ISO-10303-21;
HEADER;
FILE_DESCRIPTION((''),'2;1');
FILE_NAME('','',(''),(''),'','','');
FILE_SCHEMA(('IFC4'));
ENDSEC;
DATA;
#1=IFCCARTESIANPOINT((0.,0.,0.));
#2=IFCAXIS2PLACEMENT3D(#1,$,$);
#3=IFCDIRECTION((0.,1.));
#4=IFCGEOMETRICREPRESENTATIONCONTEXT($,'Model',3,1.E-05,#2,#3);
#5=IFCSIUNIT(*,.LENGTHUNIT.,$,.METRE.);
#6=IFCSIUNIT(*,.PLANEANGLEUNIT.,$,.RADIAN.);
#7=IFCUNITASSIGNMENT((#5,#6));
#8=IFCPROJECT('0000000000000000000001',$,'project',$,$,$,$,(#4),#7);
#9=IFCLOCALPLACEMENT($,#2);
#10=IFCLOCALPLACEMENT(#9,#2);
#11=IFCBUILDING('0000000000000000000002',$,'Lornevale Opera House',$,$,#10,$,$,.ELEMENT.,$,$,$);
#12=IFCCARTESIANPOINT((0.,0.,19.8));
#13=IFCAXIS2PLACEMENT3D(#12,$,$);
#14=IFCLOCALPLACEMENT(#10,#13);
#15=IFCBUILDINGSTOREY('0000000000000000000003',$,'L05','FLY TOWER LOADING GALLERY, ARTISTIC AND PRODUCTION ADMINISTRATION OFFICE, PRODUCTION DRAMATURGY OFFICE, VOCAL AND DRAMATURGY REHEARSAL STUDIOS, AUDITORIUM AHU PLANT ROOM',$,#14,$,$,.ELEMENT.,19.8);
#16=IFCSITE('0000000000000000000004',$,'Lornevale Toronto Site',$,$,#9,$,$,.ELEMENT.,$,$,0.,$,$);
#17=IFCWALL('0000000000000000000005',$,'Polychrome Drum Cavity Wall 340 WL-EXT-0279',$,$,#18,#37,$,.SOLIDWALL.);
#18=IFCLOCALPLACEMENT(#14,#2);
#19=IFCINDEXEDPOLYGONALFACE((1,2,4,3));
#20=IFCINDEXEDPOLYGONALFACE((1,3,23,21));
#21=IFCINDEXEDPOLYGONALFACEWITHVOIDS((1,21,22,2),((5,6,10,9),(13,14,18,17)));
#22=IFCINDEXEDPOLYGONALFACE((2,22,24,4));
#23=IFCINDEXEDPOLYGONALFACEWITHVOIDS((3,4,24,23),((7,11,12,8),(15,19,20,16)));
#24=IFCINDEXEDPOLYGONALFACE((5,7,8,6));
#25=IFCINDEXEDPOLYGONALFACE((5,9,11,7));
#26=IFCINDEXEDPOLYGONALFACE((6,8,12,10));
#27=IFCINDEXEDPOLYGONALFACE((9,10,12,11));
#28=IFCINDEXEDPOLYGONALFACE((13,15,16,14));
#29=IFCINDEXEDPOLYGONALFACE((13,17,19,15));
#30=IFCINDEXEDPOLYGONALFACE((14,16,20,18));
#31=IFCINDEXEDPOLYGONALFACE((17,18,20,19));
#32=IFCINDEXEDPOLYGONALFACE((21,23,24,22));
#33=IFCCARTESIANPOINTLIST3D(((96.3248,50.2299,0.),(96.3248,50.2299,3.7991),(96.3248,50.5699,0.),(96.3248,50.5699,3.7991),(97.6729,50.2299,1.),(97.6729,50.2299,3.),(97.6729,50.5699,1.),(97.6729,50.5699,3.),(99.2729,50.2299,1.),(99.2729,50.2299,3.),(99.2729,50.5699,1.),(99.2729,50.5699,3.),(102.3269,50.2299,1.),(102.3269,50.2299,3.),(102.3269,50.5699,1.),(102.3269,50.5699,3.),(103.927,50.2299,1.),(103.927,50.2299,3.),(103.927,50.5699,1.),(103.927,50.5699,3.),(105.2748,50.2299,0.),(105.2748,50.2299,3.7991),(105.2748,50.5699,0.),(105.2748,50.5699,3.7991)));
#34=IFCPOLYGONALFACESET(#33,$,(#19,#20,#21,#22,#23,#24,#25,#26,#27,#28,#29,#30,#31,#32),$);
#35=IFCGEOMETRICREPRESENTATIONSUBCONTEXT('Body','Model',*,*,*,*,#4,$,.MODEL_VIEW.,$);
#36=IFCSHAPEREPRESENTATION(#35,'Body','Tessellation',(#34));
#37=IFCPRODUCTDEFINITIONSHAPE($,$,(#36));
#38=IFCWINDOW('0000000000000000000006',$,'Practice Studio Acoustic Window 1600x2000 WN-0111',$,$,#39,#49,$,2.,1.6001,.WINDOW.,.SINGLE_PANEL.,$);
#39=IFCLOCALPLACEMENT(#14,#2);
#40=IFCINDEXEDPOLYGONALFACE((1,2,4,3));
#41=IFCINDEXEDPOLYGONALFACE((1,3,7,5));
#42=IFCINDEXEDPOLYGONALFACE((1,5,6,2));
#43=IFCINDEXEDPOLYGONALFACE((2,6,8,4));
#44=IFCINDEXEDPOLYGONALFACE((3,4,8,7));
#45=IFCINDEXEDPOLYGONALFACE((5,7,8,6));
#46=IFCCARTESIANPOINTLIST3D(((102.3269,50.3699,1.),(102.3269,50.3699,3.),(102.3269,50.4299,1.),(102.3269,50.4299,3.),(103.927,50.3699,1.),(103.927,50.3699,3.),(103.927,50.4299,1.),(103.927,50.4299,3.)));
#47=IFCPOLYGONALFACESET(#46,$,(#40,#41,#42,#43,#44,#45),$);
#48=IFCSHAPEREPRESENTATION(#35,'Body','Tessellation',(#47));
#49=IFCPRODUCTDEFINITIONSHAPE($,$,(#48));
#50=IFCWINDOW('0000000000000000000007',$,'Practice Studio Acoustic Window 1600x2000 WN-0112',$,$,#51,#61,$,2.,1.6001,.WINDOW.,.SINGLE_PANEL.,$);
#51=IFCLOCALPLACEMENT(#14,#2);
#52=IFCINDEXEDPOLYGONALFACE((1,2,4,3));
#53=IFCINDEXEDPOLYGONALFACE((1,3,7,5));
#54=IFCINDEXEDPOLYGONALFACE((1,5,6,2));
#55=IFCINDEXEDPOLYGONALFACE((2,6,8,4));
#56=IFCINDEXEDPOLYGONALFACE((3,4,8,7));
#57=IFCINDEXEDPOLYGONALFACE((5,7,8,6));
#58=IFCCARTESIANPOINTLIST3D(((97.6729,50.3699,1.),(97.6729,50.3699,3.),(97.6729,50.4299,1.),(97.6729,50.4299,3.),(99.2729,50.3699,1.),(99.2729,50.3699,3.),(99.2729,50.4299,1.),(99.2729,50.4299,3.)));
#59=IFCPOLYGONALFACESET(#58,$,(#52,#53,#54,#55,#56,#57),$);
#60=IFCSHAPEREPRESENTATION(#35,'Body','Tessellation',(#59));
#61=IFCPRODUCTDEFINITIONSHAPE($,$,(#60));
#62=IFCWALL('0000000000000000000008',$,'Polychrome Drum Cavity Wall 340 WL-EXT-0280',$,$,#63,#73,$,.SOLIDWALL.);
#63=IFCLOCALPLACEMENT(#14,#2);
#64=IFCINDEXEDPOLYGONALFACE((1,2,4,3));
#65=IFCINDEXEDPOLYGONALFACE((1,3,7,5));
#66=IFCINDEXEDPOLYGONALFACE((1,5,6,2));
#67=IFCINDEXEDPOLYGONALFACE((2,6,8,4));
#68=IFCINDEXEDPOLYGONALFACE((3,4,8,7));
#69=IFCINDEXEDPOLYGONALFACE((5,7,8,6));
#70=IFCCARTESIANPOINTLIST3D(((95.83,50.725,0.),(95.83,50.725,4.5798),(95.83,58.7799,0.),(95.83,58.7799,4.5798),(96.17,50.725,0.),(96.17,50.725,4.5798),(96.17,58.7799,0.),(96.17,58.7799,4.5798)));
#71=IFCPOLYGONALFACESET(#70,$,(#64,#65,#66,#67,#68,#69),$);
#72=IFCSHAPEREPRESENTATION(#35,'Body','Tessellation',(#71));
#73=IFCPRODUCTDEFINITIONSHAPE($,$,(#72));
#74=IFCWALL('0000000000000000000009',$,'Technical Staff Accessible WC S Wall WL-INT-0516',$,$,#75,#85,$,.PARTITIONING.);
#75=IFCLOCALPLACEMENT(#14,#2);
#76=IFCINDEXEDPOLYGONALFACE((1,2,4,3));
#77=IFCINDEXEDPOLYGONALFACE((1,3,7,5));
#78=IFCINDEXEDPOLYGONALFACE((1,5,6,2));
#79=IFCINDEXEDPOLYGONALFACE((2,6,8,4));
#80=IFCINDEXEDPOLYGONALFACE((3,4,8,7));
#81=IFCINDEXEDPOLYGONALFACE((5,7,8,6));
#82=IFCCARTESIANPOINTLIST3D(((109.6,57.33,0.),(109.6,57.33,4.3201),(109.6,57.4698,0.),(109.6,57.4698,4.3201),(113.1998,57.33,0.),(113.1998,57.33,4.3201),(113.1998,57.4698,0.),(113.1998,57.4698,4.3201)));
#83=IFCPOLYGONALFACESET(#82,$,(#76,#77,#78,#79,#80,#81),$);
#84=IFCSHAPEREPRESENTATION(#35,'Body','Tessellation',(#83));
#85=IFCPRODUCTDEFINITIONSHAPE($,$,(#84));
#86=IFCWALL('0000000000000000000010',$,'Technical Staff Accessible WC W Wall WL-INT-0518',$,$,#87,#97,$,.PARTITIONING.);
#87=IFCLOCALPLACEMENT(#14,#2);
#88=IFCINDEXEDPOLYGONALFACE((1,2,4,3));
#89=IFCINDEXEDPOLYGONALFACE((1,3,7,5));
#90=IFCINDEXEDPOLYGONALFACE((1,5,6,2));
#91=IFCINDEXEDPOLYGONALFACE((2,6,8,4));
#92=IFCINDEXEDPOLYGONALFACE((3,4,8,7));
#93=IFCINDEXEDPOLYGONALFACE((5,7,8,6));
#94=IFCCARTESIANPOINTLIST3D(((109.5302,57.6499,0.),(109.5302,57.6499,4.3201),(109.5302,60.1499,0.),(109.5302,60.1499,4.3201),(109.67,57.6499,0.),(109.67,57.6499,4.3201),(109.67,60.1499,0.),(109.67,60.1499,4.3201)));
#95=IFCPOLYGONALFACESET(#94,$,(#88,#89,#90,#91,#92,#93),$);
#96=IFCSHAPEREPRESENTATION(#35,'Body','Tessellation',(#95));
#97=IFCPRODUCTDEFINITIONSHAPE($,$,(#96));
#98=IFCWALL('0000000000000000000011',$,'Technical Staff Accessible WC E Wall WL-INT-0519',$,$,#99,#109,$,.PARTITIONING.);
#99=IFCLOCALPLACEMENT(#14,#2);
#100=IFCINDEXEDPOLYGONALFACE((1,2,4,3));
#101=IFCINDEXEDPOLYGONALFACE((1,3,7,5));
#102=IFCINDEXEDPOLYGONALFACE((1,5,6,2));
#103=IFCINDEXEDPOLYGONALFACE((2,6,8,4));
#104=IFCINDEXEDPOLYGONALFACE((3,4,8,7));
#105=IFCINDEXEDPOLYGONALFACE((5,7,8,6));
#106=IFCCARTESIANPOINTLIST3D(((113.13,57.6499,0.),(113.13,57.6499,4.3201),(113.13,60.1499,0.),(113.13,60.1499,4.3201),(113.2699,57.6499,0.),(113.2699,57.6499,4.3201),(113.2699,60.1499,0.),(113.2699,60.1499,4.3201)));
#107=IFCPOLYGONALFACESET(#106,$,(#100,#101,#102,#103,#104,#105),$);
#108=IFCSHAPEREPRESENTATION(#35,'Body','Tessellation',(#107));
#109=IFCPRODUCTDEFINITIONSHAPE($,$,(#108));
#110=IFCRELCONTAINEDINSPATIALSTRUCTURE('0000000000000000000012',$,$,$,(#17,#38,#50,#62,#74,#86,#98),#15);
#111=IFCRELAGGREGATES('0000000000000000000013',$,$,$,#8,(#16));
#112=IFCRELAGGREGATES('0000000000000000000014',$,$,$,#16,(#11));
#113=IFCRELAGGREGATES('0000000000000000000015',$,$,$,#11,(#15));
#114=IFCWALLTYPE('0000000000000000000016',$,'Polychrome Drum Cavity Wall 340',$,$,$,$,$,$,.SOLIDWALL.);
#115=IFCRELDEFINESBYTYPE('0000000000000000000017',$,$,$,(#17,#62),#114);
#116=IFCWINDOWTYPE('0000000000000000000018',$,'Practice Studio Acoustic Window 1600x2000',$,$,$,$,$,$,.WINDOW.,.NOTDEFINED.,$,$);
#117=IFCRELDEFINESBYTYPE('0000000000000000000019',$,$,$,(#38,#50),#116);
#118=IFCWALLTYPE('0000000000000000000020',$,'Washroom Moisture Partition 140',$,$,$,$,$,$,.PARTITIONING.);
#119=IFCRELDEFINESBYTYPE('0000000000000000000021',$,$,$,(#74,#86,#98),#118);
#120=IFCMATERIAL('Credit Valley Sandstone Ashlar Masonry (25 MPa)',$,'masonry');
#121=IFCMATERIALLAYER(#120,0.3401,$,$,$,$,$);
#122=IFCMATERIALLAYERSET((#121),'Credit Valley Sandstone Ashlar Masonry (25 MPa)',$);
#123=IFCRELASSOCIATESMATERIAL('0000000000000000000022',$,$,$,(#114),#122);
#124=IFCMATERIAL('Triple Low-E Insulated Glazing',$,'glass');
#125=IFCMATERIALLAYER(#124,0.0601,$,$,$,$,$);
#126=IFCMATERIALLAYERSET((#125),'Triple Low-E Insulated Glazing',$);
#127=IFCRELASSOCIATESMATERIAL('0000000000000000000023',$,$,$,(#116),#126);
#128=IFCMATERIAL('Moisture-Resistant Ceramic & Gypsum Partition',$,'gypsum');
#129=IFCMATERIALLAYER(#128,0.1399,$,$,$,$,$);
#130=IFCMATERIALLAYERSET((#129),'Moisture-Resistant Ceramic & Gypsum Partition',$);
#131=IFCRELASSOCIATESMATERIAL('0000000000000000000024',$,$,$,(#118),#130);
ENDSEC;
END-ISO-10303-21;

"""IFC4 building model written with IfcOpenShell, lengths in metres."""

from ifc_helpers import new_model, si_unit, direction, frame, frame_2d, origin, place, context, subcontext, project, spatial, rectangle, extrude, material, layer, layer_set, type_object, element, fill, save


model = new_model("IFC4")

# Units and contexts
model_context = context("Model", 3, precision=1e-05, world=origin(), true_north=direction((0.0, 1.0)))
body_context = subcontext(model_context, "Body", "Model", "MODEL_VIEW")
ifc_project = project(units=[si_unit("LENGTHUNIT", "METRE"), si_unit("PLANEANGLEUNIT", "RADIAN")], contexts=[model_context])

# Site, building, storey
site_placement = place(None, origin())
site = spatial("IfcSite", under=ifc_project, at=site_placement, Name="Lornevale Toronto Site", CompositionType="ELEMENT", RefElevation=0.0)
building_placement = place(site_placement, origin())
building = spatial("IfcBuilding", under=site, at=building_placement, Name="Lornevale Opera House", CompositionType="ELEMENT")
storey_placement = place(building_placement, frame((0.0, 0.0, 19.8)))
storey = spatial("IfcBuildingStorey", under=building, at=storey_placement, Name="L05", Description="FLY TOWER LOADING GALLERY, ARTISTIC AND PRODUCTION ADMINISTRATION OFFICE, PRODUCTION DRAMATURGY OFFICE, VOCAL AND DRAMATURGY REHEARSAL STUDIOS, AUDITORIUM AHU PLANT ROOM", CompositionType="ELEMENT", Elevation=19.8)

# Wall, openings, windows
ifc_material_1 = material(Name="Credit Valley Sandstone Ashlar Masonry (25 MPa)", Category="masonry")
ifc_layer_1 = layer(ifc_material_1, 0.3401)
ifc_layer_set_1 = layer_set([ifc_layer_1], Name="Credit Valley Sandstone Ashlar Masonry (25 MPa)")
wall_type_1 = type_object("IfcWallType", Name="Polychrome Drum Cavity Wall 340", PredefinedType="SOLIDWALL", material=ifc_layer_set_1)
wall_1_placement = place(storey_placement, frame((105.2749, 50.3999, 0.0), z_axis=(0.0, 0.0, 1.0), x_axis=(-1.0, 0.0, 0.0)))
wall_1 = element("IfcWall", 1, at=wall_1_placement, inside=storey, type_object=wall_type_1, Name="Polychrome Drum Cavity Wall 340 WL-EXT-0279", PredefinedType="SOLIDWALL", context=body_context, shape_type="SweptSolid", body=[
    extrude(rectangle(XDim=8.95, YDim=0.3401, at=frame_2d((4.4751, 0.0))), origin(), (0.0, 0.0, 1.0), 3.7991),
])
opening_1_placement = place(wall_1_placement, frame((1.3479, 0.0, 1.0)))
opening_1 = element("IfcOpeningElement", 2, at=opening_1_placement, cuts=wall_1, PredefinedType="OPENING", context=body_context, shape_type="SweptSolid", body=[
    extrude(rectangle(XDim=1.6001, YDim=2.0, at=frame_2d((0.8, 1.0))), frame((0.0, 0.1799, 0.0), z_axis=(0.0, -1.0, 0.0), x_axis=(1.0, 0.0, 0.0)), (0.0, 0.0, 1.0), 0.3601),
])
opening_2_placement = place(wall_1_placement, frame((6.002, 0.0, 1.0)))
opening_2 = element("IfcOpeningElement", 3, at=opening_2_placement, cuts=wall_1, PredefinedType="OPENING", context=body_context, shape_type="SweptSolid", body=[
    extrude(rectangle(XDim=1.6001, YDim=2.0, at=frame_2d((0.8, 1.0))), frame((0.0, 0.1799, 0.0), z_axis=(0.0, -1.0, 0.0), x_axis=(1.0, 0.0, 0.0)), (0.0, 0.0, 1.0), 0.3601),
])
ifc_material_2 = material(Name="Triple Low-E Insulated Glazing", Category="glass")
ifc_layer_2 = layer(ifc_material_2, 0.0601)
ifc_layer_set_2 = layer_set([ifc_layer_2], Name="Triple Low-E Insulated Glazing")
window_type = type_object("IfcWindowType", Name="Practice Studio Acoustic Window 1600x2000", PartitioningType="NOTDEFINED", PredefinedType="WINDOW", material=ifc_layer_set_2)
window_1_placement = place(opening_1_placement, origin())
window_1 = element("IfcWindow", 4, at=window_1_placement, inside=storey, type_object=window_type, Name="Practice Studio Acoustic Window 1600x2000 WN-0111", OverallHeight=2.0, OverallWidth=1.6001, PartitioningType="SINGLE_PANEL", PredefinedType="WINDOW", context=body_context, shape_type="SweptSolid", body=[
    extrude(rectangle(XDim=1.6001, YDim=2.0, at=frame_2d((0.8, 1.0))), frame((0.0, 0.03, 0.0), z_axis=(0.0, -1.0, 0.0), x_axis=(1.0, 0.0, 0.0)), (0.0, 0.0, 1.0), 0.0601),
])
fill(opening_1, window_1)
window_2_placement = place(opening_2_placement, origin())
window_2 = element("IfcWindow", 5, at=window_2_placement, inside=storey, type_object=window_type, Name="Practice Studio Acoustic Window 1600x2000 WN-0112", OverallHeight=2.0, OverallWidth=1.6001, PartitioningType="SINGLE_PANEL", PredefinedType="WINDOW", context=body_context, shape_type="SweptSolid", body=[
    extrude(rectangle(XDim=1.6001, YDim=2.0, at=frame_2d((0.8, 1.0))), frame((0.0, 0.03, 0.0), z_axis=(0.0, -1.0, 0.0), x_axis=(1.0, 0.0, 0.0)), (0.0, 0.0, 1.0), 0.0601),
])
fill(opening_2, window_2)

# Walls
wall_2_placement = place(storey_placement, frame((96.0, 50.7251, 0.0), z_axis=(0.0, 0.0, 1.0), x_axis=(0.0, 1.0, 0.0)))
element("IfcWall", 6, at=wall_2_placement, inside=storey, type_object=wall_type_1, Name="Polychrome Drum Cavity Wall 340 WL-EXT-0280", PredefinedType="SOLIDWALL", context=body_context, shape_type="SweptSolid", body=[
    extrude(rectangle(XDim=8.0549, YDim=0.3401, at=frame_2d((4.0273, 0.0))), origin(), (0.0, 0.0, 1.0), 4.5798),
])
ifc_material_3 = material(Name="Moisture-Resistant Ceramic & Gypsum Partition", Category="gypsum")
ifc_layer_3 = layer(ifc_material_3, 0.1399)
ifc_layer_set_3 = layer_set([ifc_layer_3], Name="Moisture-Resistant Ceramic & Gypsum Partition")
wall_type_2 = type_object("IfcWallType", Name="Washroom Moisture Partition 140", PredefinedType="PARTITIONING", material=ifc_layer_set_3)
wall_3_placement = place(storey_placement, frame((109.6001, 57.3999, 0.0), z_axis=(0.0, 0.0, 1.0), x_axis=(1.0, 0.0, 0.0)))
element("IfcWall", 7, at=wall_3_placement, inside=storey, type_object=wall_type_2, Name="Technical Staff Accessible WC S Wall WL-INT-0516", PredefinedType="PARTITIONING", context=body_context, shape_type="SweptSolid", body=[
    extrude(rectangle(XDim=3.5999, YDim=0.1399, at=frame_2d((1.7998, 0.0))), origin(), (0.0, 0.0, 1.0), 4.3201),
])
for number, where, z_axis, x_axis, name in (
    (8, (109.6001, 57.6499, 0.0), (0.0, 0.0, 1.0), (0.0, 1.0, 0.0), "Technical Staff Accessible WC W Wall WL-INT-0518"),
    (9, (113.2, 57.6499, 0.0), (0.0, 0.0, 1.0), (0.0, 1.0, 0.0), "Technical Staff Accessible WC E Wall WL-INT-0519"),
):
    element("IfcWall", number, at=place(storey_placement, frame(where, z_axis=z_axis, x_axis=x_axis)), inside=storey, type_object=wall_type_2, Name=name, PredefinedType="PARTITIONING", context=body_context, shape_type="SweptSolid", body=[
        extrude(rectangle(XDim=2.5, YDim=0.1399, at=frame_2d((1.25, 0.0))), origin(), (0.0, 0.0, 1.0), 4.3201),
    ])

save(model, "model.ifc")
